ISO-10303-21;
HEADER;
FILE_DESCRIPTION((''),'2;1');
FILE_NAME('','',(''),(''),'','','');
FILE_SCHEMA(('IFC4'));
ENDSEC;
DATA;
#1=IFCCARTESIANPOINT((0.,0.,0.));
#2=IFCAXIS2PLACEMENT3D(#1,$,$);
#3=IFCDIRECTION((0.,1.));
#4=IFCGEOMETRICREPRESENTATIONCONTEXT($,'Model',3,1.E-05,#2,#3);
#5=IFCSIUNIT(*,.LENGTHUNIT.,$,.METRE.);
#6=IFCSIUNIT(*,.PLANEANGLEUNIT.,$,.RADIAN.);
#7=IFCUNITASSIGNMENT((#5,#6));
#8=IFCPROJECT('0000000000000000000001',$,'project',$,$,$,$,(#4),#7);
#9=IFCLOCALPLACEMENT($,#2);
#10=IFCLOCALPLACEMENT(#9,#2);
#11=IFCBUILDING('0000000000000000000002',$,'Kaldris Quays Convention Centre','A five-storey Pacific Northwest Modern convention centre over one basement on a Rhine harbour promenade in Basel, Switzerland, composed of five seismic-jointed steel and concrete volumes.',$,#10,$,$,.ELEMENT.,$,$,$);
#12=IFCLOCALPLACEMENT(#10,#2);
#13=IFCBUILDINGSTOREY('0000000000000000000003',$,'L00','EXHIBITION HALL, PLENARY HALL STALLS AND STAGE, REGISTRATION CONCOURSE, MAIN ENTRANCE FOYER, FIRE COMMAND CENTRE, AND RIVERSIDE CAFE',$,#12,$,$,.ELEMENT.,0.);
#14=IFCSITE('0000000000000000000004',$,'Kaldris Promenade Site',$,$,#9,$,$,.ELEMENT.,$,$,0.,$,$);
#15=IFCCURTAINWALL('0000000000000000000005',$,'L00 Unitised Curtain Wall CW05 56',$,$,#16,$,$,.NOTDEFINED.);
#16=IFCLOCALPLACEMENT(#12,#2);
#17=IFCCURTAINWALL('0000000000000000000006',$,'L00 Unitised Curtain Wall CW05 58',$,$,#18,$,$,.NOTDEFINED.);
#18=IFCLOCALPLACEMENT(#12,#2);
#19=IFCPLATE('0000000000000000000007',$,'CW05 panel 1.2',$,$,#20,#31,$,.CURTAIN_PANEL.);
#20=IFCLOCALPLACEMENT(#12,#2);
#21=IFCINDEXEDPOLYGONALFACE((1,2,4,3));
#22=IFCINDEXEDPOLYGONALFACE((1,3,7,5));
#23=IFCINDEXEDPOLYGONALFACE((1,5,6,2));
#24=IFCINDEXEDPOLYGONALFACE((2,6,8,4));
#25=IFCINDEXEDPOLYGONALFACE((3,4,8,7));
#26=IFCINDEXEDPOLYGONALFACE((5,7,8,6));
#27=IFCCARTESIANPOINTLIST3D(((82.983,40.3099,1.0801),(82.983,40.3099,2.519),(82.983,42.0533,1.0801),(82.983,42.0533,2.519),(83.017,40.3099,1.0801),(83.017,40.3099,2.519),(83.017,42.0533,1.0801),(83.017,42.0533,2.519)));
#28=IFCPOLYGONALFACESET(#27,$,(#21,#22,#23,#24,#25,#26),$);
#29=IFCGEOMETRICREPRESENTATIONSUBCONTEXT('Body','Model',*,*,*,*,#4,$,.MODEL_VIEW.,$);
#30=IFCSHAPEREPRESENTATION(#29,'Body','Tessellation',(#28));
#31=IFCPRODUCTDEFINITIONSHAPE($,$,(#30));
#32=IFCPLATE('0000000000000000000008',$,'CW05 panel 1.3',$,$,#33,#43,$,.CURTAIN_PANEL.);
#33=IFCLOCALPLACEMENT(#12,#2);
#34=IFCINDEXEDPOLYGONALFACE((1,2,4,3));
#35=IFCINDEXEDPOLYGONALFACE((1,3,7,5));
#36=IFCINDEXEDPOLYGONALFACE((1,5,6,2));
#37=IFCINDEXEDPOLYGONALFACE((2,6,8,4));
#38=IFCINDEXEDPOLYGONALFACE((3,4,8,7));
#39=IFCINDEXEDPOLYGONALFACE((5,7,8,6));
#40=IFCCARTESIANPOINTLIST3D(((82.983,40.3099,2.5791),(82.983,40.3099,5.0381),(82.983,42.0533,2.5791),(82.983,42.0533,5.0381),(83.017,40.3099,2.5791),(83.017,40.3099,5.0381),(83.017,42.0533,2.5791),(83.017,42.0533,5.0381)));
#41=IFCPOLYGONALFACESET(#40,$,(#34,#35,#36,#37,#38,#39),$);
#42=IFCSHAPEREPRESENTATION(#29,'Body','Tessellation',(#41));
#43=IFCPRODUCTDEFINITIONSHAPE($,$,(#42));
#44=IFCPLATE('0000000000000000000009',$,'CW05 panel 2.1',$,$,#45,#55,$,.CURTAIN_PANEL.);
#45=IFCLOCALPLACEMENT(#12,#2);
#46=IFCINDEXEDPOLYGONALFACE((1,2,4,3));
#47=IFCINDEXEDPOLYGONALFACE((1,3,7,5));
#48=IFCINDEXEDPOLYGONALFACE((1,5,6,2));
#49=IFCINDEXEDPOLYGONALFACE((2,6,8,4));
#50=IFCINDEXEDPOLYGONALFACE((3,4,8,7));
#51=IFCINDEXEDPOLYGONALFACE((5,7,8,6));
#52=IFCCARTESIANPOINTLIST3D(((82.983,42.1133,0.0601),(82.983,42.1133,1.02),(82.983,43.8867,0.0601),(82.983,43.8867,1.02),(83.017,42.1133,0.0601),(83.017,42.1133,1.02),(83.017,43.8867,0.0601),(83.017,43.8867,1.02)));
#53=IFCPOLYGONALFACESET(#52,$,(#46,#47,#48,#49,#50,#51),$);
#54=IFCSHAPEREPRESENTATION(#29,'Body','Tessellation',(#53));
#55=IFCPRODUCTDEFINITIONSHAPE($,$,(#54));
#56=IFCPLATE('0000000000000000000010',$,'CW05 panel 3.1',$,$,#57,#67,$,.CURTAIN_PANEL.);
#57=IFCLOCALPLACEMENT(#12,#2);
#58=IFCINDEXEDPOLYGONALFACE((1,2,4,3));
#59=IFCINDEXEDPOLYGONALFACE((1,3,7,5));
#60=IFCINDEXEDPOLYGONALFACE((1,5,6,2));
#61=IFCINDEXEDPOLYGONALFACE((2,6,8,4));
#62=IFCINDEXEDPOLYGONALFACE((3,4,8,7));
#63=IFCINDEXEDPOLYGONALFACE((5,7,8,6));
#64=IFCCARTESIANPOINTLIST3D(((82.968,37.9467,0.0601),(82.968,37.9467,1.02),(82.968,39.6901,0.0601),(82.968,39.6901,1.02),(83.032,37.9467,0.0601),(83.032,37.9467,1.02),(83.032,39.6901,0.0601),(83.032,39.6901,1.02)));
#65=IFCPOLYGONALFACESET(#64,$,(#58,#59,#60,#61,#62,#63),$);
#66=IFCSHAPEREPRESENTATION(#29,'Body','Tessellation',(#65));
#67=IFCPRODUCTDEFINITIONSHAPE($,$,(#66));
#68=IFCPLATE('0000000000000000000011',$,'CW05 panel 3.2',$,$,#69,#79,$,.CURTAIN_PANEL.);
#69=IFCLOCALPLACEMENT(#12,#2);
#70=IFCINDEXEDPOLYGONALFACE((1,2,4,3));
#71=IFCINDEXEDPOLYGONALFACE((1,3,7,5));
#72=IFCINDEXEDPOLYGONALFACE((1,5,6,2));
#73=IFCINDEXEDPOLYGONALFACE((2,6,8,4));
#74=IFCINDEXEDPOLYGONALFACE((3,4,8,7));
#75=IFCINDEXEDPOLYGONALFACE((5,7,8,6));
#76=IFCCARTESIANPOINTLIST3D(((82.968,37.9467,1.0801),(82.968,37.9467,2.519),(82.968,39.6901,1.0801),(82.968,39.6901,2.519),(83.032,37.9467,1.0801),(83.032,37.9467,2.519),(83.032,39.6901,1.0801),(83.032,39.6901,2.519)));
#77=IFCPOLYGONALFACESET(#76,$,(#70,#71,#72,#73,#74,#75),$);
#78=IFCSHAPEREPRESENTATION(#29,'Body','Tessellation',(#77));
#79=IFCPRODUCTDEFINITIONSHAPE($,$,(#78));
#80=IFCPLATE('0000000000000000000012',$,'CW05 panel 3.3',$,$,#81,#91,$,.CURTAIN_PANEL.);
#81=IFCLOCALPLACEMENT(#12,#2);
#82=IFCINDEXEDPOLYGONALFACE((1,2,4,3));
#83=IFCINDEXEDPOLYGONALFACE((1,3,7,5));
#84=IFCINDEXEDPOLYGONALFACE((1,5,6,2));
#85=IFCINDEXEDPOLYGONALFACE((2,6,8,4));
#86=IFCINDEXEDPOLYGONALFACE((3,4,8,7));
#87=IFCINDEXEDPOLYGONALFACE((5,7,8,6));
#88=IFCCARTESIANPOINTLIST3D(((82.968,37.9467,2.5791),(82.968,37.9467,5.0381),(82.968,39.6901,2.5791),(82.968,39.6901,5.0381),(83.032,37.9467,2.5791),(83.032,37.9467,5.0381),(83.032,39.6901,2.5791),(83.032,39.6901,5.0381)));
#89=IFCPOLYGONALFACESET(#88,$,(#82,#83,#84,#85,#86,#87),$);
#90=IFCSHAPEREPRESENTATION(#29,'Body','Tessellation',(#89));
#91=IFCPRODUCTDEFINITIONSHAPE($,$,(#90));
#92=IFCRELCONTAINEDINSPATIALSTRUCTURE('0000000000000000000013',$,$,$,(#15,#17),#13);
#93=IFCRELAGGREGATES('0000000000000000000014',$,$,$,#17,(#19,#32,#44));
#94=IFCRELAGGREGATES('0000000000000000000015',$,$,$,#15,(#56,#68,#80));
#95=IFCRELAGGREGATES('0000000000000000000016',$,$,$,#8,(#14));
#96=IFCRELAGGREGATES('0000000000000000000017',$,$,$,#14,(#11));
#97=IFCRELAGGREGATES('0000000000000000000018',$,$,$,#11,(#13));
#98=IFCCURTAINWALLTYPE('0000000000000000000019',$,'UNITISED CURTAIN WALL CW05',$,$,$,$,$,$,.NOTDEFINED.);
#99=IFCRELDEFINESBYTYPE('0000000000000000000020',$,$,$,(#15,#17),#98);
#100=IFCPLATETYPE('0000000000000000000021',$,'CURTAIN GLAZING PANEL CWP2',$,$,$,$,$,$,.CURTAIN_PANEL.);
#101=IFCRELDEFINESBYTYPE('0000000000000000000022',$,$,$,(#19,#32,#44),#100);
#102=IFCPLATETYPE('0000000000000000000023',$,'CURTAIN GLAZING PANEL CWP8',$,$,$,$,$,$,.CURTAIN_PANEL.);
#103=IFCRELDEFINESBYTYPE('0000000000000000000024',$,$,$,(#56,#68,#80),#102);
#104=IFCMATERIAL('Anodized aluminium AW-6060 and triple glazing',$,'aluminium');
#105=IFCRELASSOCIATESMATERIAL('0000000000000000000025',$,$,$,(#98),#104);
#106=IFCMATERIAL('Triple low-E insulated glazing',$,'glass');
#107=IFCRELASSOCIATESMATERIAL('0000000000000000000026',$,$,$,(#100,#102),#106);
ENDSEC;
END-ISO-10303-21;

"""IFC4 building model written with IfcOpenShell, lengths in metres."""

from ifc_helpers import new_model, si_unit, direction, frame, origin, origin_2d, place, context, subcontext, project, spatial, rectangle, extrude, material, type_object, element, aggregate, save


model = new_model("IFC4")

# Units and contexts
model_context = context("Model", 3, precision=1e-05, world=origin(), true_north=direction((0.0, 1.0)))
body_context = subcontext(model_context, "Body", "Model", "MODEL_VIEW")
ifc_project = project(units=[si_unit("LENGTHUNIT", "METRE"), si_unit("PLANEANGLEUNIT", "RADIAN")], contexts=[model_context])

# Site, building, storey
site_placement = place(None, origin())
site = spatial("IfcSite", under=ifc_project, at=site_placement, Name="Kaldris Promenade Site", CompositionType="ELEMENT", RefElevation=0.0)
building_placement = place(site_placement, origin())
building = spatial("IfcBuilding", under=site, at=building_placement, Name="Kaldris Quays Convention Centre", Description="A five-storey Pacific Northwest Modern convention centre over one basement on a Rhine harbour promenade in Basel, Switzerland, composed of five seismic-jointed steel and concrete volumes.", CompositionType="ELEMENT")
storey_placement = place(building_placement, origin())
storey = spatial("IfcBuildingStorey", under=building, at=storey_placement, Name="L00", Description="EXHIBITION HALL, PLENARY HALL STALLS AND STAGE, REGISTRATION CONCOURSE, MAIN ENTRANCE FOYER, FIRE COMMAND CENTRE, AND RIVERSIDE CAFE", CompositionType="ELEMENT", Elevation=0.0)

# Curtain wall
ifc_material_1 = material(Name="Anodized aluminium AW-6060 and triple glazing", Category="aluminium")
curtain_wall_type = type_object("IfcCurtainWallType", Name="UNITISED CURTAIN WALL CW05", PredefinedType="NOTDEFINED", material=ifc_material_1)
curtain_wall_1_placement = place(storey_placement, origin())
curtain_wall_1 = element("IfcCurtainWall", 1, at=curtain_wall_1_placement, inside=storey, type_object=curtain_wall_type, Name="L00 Unitised Curtain Wall CW05 56", PredefinedType="NOTDEFINED")

# Curtain wall
curtain_wall_2_placement = place(storey_placement, origin())
curtain_wall_2 = element("IfcCurtainWall", 2, at=curtain_wall_2_placement, inside=storey, type_object=curtain_wall_type, Name="L00 Unitised Curtain Wall CW05 58", PredefinedType="NOTDEFINED")

# Plates
ifc_material_2 = material(Name="Triple low-E insulated glazing", Category="glass")
plate_type_1 = type_object("IfcPlateType", Name="CURTAIN GLAZING PANEL CWP2", PredefinedType="CURTAIN_PANEL", material=ifc_material_2)
plate_1_placement = place(storey_placement, frame((83.0, 41.1816, 1.0801), z_axis=(0.0, 0.0, 1.0), x_axis=(0.0, 1.0, 0.0)))
plate_1 = element("IfcPlate", 3, at=plate_1_placement, type_object=plate_type_1, Name="CW05 panel 1.2", PredefinedType="CURTAIN_PANEL", context=body_context, shape_type="SweptSolid", body=[
    extrude(rectangle(XDim=1.7434, YDim=0.0339, at=origin_2d()), origin(), (0.0, 0.0, 1.0), 1.439),
])
plate_2_placement = place(storey_placement, frame((83.0, 41.1816, 2.5791), z_axis=(0.0, 0.0, 1.0), x_axis=(0.0, 1.0, 0.0)))
plate_2 = element("IfcPlate", 4, at=plate_2_placement, type_object=plate_type_1, Name="CW05 panel 1.3", PredefinedType="CURTAIN_PANEL", context=body_context, shape_type="SweptSolid", body=[
    extrude(rectangle(XDim=1.7434, YDim=0.0339, at=origin_2d()), origin(), (0.0, 0.0, 1.0), 2.459),
])
plate_3_placement = place(storey_placement, frame((83.0, 43.0, 0.0601), z_axis=(0.0, 0.0, 1.0), x_axis=(0.0, 1.0, 0.0)))
plate_3 = element("IfcPlate", 5, at=plate_3_placement, type_object=plate_type_1, Name="CW05 panel 2.1", PredefinedType="CURTAIN_PANEL", context=body_context, shape_type="SweptSolid", body=[
    extrude(rectangle(XDim=1.7734, YDim=0.0339, at=origin_2d()), origin(), (0.0, 0.0, 1.0), 0.96),
])
aggregate(curtain_wall_2, [plate_1, plate_2, plate_3])
plate_type_2 = type_object("IfcPlateType", Name="CURTAIN GLAZING PANEL CWP8", PredefinedType="CURTAIN_PANEL", material=ifc_material_2)
plate_4_placement = place(storey_placement, frame((83.0, 38.8184, 0.0601), z_axis=(0.0, 0.0, 1.0), x_axis=(0.0, 1.0, 0.0)))
plate_4 = element("IfcPlate", 6, at=plate_4_placement, type_object=plate_type_2, Name="CW05 panel 3.1", PredefinedType="CURTAIN_PANEL", context=body_context, shape_type="SweptSolid", body=[
    extrude(rectangle(XDim=1.7434, YDim=0.064, at=origin_2d()), origin(), (0.0, 0.0, 1.0), 0.96),
])
plate_5_placement = place(storey_placement, frame((83.0, 38.8184, 1.0801), z_axis=(0.0, 0.0, 1.0), x_axis=(0.0, 1.0, 0.0)))
plate_5 = element("IfcPlate", 7, at=plate_5_placement, type_object=plate_type_2, Name="CW05 panel 3.2", PredefinedType="CURTAIN_PANEL", context=body_context, shape_type="SweptSolid", body=[
    extrude(rectangle(XDim=1.7434, YDim=0.064, at=origin_2d()), origin(), (0.0, 0.0, 1.0), 1.439),
])
plate_6_placement = place(storey_placement, frame((83.0, 38.8184, 2.5791), z_axis=(0.0, 0.0, 1.0), x_axis=(0.0, 1.0, 0.0)))
plate_6 = element("IfcPlate", 8, at=plate_6_placement, type_object=plate_type_2, Name="CW05 panel 3.3", PredefinedType="CURTAIN_PANEL", context=body_context, shape_type="SweptSolid", body=[
    extrude(rectangle(XDim=1.7434, YDim=0.064, at=origin_2d()), origin(), (0.0, 0.0, 1.0), 2.459),
])
aggregate(curtain_wall_1, [plate_4, plate_5, plate_6])

save(model, "model.ifc")
